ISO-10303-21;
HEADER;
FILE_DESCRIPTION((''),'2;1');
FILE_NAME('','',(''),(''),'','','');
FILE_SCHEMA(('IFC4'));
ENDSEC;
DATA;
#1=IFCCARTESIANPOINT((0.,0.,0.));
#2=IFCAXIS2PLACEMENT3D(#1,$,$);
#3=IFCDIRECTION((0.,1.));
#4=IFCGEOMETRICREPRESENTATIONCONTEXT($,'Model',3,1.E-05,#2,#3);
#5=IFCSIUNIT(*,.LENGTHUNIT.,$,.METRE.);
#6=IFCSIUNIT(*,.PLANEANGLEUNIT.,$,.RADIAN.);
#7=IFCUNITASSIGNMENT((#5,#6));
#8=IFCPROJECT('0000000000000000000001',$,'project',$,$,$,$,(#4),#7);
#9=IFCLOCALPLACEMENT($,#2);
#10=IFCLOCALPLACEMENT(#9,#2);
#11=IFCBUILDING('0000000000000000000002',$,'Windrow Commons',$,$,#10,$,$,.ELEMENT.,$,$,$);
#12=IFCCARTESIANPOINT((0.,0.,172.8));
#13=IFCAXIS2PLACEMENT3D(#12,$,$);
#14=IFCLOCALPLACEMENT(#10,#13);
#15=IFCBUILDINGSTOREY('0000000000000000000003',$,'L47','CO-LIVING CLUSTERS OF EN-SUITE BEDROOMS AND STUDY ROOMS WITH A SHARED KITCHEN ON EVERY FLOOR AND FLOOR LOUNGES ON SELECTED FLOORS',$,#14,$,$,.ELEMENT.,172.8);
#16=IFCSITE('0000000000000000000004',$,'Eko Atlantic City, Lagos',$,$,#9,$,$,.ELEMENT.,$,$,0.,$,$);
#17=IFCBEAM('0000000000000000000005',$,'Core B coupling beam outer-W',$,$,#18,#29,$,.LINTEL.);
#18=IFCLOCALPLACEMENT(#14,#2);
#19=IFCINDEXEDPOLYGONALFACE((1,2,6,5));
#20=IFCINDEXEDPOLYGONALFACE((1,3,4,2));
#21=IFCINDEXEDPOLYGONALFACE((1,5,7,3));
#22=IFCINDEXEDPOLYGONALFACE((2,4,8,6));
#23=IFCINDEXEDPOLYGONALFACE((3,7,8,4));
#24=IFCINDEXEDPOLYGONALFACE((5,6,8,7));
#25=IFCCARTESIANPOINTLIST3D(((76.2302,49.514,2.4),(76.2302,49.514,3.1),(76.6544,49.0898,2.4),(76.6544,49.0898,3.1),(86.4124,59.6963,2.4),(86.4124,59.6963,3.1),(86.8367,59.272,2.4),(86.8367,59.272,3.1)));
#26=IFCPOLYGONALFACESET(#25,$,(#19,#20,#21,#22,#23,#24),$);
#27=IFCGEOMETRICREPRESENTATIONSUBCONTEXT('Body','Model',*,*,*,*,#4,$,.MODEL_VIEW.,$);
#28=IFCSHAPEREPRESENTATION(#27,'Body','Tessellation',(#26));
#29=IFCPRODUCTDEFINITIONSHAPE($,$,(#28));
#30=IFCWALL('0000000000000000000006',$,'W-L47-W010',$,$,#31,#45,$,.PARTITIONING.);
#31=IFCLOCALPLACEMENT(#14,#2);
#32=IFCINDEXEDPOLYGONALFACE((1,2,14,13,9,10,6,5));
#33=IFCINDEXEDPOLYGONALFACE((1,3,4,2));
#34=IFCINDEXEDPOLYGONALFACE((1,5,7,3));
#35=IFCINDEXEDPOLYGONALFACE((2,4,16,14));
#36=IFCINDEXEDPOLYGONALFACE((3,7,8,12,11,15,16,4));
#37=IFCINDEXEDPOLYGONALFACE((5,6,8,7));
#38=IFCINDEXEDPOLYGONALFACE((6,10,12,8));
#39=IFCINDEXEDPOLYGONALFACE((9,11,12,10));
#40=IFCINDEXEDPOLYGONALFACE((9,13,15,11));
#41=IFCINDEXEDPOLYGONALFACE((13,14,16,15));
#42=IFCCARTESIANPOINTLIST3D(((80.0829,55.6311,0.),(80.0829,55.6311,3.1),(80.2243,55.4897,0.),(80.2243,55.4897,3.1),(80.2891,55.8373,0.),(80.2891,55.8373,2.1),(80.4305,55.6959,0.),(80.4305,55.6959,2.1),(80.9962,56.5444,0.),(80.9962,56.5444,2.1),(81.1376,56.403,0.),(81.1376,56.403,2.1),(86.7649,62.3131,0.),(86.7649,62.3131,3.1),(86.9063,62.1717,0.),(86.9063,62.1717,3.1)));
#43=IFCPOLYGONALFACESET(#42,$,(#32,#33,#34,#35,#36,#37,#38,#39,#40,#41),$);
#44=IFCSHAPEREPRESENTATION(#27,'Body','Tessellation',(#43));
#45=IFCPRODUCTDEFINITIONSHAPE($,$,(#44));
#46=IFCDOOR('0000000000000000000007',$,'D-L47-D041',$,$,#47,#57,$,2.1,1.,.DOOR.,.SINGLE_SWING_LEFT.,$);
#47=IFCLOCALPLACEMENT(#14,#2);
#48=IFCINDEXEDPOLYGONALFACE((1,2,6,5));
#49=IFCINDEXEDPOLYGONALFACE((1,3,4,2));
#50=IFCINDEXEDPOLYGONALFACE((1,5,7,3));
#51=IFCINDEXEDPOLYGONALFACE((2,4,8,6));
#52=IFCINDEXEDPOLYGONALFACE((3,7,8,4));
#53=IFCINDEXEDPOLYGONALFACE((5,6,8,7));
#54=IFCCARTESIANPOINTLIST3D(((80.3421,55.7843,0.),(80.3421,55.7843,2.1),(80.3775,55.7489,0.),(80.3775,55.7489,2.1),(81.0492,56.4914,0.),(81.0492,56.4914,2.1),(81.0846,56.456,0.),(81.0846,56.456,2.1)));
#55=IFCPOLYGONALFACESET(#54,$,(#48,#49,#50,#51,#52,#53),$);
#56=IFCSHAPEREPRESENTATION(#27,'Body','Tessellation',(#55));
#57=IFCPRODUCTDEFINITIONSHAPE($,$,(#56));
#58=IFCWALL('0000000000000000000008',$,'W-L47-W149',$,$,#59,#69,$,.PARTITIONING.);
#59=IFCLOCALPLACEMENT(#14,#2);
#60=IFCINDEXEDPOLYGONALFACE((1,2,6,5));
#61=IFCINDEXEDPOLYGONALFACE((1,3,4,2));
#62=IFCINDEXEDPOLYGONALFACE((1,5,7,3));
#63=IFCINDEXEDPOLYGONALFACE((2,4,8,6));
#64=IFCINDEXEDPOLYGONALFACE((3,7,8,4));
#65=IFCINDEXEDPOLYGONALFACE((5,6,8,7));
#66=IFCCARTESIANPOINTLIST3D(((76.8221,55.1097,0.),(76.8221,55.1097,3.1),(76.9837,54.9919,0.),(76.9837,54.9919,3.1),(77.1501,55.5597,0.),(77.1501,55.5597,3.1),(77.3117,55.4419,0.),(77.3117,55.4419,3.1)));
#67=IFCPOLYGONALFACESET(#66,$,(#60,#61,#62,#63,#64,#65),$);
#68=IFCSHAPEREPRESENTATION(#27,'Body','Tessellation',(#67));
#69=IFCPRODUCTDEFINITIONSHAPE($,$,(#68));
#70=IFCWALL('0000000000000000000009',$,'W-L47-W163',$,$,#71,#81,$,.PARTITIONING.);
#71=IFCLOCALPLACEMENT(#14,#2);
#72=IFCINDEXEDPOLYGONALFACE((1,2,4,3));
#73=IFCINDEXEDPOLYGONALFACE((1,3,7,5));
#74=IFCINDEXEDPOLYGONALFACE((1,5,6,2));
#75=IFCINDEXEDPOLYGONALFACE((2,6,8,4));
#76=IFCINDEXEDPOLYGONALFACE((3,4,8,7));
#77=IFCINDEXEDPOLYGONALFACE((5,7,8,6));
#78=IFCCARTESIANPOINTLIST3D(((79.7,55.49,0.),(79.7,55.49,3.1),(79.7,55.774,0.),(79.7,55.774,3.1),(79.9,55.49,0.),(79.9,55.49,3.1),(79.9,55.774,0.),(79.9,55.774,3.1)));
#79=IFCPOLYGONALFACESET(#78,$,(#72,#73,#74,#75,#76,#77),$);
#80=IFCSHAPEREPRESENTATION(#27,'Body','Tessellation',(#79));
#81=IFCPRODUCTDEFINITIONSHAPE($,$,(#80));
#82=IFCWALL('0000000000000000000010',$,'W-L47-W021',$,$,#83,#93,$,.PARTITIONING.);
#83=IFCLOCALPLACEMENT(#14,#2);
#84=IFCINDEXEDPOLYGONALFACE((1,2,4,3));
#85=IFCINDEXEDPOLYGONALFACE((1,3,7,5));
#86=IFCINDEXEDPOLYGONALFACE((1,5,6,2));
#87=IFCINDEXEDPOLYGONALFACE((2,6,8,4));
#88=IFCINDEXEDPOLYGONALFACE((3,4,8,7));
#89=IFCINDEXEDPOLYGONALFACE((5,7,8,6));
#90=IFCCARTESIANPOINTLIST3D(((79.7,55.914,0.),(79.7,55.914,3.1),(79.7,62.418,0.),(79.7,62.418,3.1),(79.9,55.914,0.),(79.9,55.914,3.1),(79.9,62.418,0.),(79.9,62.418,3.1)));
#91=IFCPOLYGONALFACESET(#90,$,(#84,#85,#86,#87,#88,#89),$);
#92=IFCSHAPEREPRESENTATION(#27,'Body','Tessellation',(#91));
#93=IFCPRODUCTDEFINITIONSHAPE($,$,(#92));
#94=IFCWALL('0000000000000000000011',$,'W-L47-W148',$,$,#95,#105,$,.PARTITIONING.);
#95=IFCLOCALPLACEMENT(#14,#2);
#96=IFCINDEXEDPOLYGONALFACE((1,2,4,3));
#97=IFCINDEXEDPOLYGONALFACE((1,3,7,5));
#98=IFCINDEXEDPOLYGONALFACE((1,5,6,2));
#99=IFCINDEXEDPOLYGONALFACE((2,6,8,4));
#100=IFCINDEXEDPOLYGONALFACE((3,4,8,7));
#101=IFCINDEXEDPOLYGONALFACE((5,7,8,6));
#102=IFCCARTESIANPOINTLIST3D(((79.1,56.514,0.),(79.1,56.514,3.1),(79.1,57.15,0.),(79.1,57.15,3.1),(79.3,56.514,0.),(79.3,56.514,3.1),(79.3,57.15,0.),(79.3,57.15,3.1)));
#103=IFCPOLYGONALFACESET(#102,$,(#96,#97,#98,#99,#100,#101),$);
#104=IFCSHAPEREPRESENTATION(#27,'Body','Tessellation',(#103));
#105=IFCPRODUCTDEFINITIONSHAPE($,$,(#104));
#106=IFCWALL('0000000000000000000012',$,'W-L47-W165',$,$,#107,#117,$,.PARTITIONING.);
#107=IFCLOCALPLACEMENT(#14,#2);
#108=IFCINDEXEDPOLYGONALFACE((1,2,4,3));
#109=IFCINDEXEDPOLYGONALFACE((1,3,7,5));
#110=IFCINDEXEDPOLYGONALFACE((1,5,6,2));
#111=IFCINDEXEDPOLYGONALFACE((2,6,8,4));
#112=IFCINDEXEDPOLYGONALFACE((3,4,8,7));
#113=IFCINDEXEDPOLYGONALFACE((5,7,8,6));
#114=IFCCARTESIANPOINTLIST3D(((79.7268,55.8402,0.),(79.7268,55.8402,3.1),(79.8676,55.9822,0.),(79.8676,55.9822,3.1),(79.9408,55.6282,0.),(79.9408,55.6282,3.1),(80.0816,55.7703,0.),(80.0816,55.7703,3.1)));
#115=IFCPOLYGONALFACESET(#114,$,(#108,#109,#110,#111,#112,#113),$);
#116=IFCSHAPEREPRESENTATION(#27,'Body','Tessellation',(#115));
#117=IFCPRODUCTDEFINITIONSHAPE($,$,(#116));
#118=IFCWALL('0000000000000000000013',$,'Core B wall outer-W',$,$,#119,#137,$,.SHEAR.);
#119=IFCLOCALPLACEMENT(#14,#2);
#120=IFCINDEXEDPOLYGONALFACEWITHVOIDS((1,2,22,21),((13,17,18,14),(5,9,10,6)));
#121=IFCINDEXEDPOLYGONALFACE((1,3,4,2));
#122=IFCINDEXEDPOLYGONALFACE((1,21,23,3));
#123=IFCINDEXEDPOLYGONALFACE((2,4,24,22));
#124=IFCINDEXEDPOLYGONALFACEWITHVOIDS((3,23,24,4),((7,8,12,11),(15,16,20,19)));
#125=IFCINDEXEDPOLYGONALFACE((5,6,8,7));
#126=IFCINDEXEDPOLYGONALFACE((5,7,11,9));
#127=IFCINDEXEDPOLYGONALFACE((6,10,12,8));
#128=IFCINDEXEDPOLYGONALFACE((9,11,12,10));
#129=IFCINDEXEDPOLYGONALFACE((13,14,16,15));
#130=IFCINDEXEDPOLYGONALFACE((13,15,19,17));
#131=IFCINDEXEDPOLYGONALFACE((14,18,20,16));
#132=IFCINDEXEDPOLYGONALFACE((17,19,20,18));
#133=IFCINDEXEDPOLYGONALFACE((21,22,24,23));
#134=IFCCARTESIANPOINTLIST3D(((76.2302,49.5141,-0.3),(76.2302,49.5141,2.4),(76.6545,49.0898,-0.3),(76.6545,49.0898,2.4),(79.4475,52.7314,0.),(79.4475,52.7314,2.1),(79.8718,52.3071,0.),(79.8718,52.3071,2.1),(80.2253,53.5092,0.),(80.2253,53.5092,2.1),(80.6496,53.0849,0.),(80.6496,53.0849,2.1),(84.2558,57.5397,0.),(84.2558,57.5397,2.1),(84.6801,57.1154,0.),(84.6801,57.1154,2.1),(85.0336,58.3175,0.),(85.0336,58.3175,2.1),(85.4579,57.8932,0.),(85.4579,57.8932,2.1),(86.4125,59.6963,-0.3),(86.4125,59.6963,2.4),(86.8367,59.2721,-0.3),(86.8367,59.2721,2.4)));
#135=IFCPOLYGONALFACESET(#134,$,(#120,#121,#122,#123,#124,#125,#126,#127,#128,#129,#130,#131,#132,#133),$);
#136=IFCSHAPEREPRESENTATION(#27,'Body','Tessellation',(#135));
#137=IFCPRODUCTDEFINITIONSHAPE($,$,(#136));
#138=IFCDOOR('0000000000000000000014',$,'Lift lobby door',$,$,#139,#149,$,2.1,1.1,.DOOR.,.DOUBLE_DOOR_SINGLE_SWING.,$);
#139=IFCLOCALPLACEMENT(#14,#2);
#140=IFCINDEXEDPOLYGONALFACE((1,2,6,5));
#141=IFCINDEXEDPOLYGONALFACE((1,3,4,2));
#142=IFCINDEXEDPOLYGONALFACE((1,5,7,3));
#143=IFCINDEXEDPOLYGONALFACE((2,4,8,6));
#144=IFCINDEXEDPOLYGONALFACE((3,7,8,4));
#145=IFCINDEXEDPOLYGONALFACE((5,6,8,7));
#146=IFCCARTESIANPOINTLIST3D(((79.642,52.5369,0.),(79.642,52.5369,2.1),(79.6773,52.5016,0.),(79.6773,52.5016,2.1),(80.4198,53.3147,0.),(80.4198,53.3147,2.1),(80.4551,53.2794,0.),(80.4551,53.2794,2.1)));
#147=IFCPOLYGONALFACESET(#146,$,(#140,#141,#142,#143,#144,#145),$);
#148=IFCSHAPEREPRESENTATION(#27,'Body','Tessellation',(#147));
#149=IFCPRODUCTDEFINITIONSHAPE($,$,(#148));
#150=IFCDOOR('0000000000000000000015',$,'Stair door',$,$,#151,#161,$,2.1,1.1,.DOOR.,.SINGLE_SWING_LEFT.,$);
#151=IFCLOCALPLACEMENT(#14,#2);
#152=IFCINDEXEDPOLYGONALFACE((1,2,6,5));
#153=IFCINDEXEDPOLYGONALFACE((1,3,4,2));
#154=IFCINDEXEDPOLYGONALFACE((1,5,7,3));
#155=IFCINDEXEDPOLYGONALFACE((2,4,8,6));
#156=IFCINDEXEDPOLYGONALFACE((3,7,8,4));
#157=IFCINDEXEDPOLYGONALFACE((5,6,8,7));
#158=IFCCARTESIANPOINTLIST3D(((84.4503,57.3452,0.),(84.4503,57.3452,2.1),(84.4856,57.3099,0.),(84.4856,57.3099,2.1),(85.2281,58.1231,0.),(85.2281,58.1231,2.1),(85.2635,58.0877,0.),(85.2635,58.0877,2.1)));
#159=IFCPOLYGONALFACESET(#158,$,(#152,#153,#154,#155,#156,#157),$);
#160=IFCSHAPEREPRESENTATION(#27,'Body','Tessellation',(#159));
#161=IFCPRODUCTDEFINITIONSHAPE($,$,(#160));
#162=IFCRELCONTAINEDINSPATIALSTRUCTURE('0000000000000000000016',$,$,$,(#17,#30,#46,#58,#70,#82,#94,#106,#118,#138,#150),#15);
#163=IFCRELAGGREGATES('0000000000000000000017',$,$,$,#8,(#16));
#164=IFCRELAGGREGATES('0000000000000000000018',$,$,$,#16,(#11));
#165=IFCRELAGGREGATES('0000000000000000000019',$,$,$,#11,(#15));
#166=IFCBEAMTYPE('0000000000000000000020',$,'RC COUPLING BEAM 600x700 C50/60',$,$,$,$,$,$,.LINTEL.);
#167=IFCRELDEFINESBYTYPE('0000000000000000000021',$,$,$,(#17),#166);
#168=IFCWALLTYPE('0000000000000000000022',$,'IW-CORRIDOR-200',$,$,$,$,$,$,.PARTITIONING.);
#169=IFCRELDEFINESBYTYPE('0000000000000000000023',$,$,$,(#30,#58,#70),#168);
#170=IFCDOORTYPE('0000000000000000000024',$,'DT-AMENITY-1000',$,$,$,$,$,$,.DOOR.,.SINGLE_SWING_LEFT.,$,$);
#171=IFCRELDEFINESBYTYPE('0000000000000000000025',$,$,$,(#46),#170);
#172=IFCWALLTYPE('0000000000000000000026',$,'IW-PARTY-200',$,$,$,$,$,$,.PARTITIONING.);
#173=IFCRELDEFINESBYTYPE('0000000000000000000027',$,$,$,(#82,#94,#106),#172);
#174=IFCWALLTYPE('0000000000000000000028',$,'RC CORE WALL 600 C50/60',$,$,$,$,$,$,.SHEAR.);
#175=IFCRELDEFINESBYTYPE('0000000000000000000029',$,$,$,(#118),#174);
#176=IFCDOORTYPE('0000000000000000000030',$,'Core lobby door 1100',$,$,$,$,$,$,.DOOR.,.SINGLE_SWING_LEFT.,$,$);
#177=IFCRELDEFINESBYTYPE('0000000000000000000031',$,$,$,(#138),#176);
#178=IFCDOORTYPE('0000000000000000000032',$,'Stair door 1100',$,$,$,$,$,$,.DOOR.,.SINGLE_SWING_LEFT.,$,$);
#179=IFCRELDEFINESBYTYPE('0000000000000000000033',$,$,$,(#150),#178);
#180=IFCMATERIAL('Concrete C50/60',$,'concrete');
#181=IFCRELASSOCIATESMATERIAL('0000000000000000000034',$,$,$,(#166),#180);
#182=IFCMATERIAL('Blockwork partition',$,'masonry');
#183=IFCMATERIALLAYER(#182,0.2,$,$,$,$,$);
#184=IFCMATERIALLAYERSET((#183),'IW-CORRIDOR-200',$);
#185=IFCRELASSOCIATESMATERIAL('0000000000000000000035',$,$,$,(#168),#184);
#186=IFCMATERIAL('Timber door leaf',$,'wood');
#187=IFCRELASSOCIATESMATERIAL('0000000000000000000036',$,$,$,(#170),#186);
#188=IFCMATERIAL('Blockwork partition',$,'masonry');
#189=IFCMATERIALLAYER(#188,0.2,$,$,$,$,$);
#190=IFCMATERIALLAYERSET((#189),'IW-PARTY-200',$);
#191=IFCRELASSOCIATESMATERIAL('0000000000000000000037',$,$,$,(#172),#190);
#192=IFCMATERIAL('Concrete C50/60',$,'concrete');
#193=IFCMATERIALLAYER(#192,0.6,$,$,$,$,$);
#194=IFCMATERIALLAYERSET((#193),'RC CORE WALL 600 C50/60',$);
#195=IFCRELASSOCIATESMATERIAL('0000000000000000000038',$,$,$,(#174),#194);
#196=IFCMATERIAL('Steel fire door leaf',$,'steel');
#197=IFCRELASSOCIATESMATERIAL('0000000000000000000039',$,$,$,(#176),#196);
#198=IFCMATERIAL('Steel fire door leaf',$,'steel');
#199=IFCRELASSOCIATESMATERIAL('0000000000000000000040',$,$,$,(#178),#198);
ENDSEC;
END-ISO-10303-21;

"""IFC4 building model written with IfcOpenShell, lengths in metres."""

from ifc_helpers import new_model, si_unit, direction, frame, frame_2d, origin, origin_2d, place, context, subcontext, project, spatial, rectangle, extrude, material, layer, layer_set, material_profile, profile_set, type_object, element, fill, save


model = new_model("IFC4")

# Units and contexts
model_context = context("Model", 3, precision=1e-05, world=origin(), true_north=direction((0.0, 1.0)))
body_context = subcontext(model_context, "Body", "Model", "MODEL_VIEW")
ifc_project = project(units=[si_unit("LENGTHUNIT", "METRE"), si_unit("PLANEANGLEUNIT", "RADIAN")], contexts=[model_context])

# Site, building, storey
site_placement = place(None, origin())
site = spatial("IfcSite", under=ifc_project, at=site_placement, Name="Eko Atlantic City, Lagos", CompositionType="ELEMENT", RefElevation=0.0)
building_placement = place(site_placement, origin())
building = spatial("IfcBuilding", under=site, at=building_placement, Name="Windrow Commons", CompositionType="ELEMENT")
storey_placement = place(building_placement, frame((0.0, 0.0, 172.8)))
storey = spatial("IfcBuildingStorey", under=building, at=storey_placement, Name="L47", Description="CO-LIVING CLUSTERS OF EN-SUITE BEDROOMS AND STUDY ROOMS WITH A SHARED KITCHEN ON EVERY FLOOR AND FLOOR LOUNGES ON SELECTED FLOORS", CompositionType="ELEMENT", Elevation=172.8)

# Beam
ifc_material_1 = material(Name="Concrete C50/60", Category="concrete")
ifc_material_profile = material_profile(ifc_material_1, rectangle(XDim=0.6, YDim=0.7, at=origin_2d()))
ifc_profile_set = profile_set([ifc_material_profile], Name="Concrete C50/60")
beam_type = type_object("IfcBeamType", Name="RC COUPLING BEAM 600x700 C50/60", PredefinedType="LINTEL", material=ifc_profile_set)
beam_placement = place(storey_placement, frame((76.4423, 49.3019, 2.75), z_axis=(0.707107, 0.707107, 0.0), x_axis=(-0.707107, 0.707107, 0.0)))
element("IfcBeam", 1, at=beam_placement, inside=storey, type_object=beam_type, Name="Core B coupling beam outer-W", PredefinedType="LINTEL", context=body_context, shape_type="SweptSolid", body=[
    extrude(rectangle(XDim=0.6, YDim=0.7, at=origin_2d()), origin(), (0.0, 0.0, 1.0), 14.3999),
])

# Wall, opening, door
ifc_material_2 = material(Name="Blockwork partition", Category="masonry")
ifc_layer_1 = layer(ifc_material_2, 0.2)
ifc_layer_set_1 = layer_set([ifc_layer_1], Name="IW-CORRIDOR-200")
wall_type_1 = type_object("IfcWallType", Name="IW-CORRIDOR-200", PredefinedType="PARTITIONING", material=ifc_layer_set_1)
wall_1_placement = place(storey_placement, frame((80.1536, 55.5604, 0.0), z_axis=(0.0, 0.0, 1.0), x_axis=(0.707107, 0.707107, 0.0)))
wall_1 = element("IfcWall", 2, at=wall_1_placement, inside=storey, type_object=wall_type_1, Name="W-L47-W010", PredefinedType="PARTITIONING", context=body_context, shape_type="SweptSolid", body=[
    extrude(rectangle(XDim=9.4498, YDim=0.2, at=frame_2d((4.7249, 0.0))), origin(), (0.0, 0.0, 1.0), 3.1),
])
opening_1_placement = place(wall_1_placement, frame((0.2916, 0.0, 0.0)))
opening_1 = element("IfcOpeningElement", 3, at=opening_1_placement, cuts=wall_1, PredefinedType="OPENING", context=body_context, shape_type="SweptSolid", body=[
    extrude(rectangle(XDim=1.0, YDim=2.1, at=frame_2d((0.5, 1.05))), frame((0.0, 0.11, 0.0), z_axis=(0.0, -1.0, 0.0), x_axis=(1.0, 0.0, 0.0)), (0.0, 0.0, 1.0), 0.22),
])
ifc_material_3 = material(Name="Timber door leaf", Category="wood")
door_type_1 = type_object("IfcDoorType", Name="DT-AMENITY-1000", OperationType="SINGLE_SWING_LEFT", PredefinedType="DOOR", material=ifc_material_3)
door_1_placement = place(opening_1_placement, origin())
door_1 = element("IfcDoor", 4, at=door_1_placement, inside=storey, type_object=door_type_1, Name="D-L47-D041", OperationType="SINGLE_SWING_LEFT", OverallHeight=2.1, OverallWidth=1.0, PredefinedType="DOOR", context=body_context, shape_type="SweptSolid", body=[
    extrude(rectangle(XDim=1.0, YDim=2.1, at=frame_2d((0.5, 1.05))), frame((0.0, 0.025, 0.0), z_axis=(0.0, -1.0, 0.0), x_axis=(1.0, 0.0, 0.0)), (0.0, 0.0, 1.0), 0.05),
])
fill(opening_1, door_1)

# Walls
wall_2_placement = place(storey_placement, frame((76.9029, 55.0508, 0.0), z_axis=(0.0, 0.0, 1.0), x_axis=(0.589026, 0.808114, 0.0)))
element("IfcWall", 5, at=wall_2_placement, inside=storey, type_object=wall_type_1, Name="W-L47-W149", PredefinedType="PARTITIONING", context=body_context, shape_type="SweptSolid", body=[
    extrude(rectangle(XDim=0.5569, YDim=0.2, at=frame_2d((0.2784, 0.0))), origin(), (0.0, 0.0, 1.0), 3.1),
])
wall_3_placement = place(storey_placement, frame((79.8, 55.49, 0.0), z_axis=(0.0, 0.0, 1.0), x_axis=(0.0, 1.0, 0.0)))
element("IfcWall", 6, at=wall_3_placement, inside=storey, type_object=wall_type_1, Name="W-L47-W163", PredefinedType="PARTITIONING", context=body_context, shape_type="SweptSolid", body=[
    extrude(rectangle(XDim=0.284, YDim=0.2, at=frame_2d((0.142, 0.0))), origin(), (0.0, 0.0, 1.0), 3.1),
])
ifc_material_4 = material(Name="Blockwork partition", Category="masonry")
ifc_layer_2 = layer(ifc_material_4, 0.2)
ifc_layer_set_2 = layer_set([ifc_layer_2], Name="IW-PARTY-200")
wall_type_2 = type_object("IfcWallType", Name="IW-PARTY-200", PredefinedType="PARTITIONING", material=ifc_layer_set_2)
wall_4_placement = place(storey_placement, frame((79.8, 55.914, 0.0), z_axis=(0.0, 0.0, 1.0), x_axis=(0.0, 1.0, 0.0)))
element("IfcWall", 7, at=wall_4_placement, inside=storey, type_object=wall_type_2, Name="W-L47-W021", PredefinedType="PARTITIONING", context=body_context, shape_type="SweptSolid", body=[
    extrude(rectangle(XDim=6.504, YDim=0.2, at=frame_2d((3.252, 0.0))), origin(), (0.0, 0.0, 1.0), 3.1),
])
wall_5_placement = place(storey_placement, frame((79.2, 56.514, 0.0), z_axis=(0.0, 0.0, 1.0), x_axis=(0.0, 1.0, 0.0)))
element("IfcWall", 8, at=wall_5_placement, inside=storey, type_object=wall_type_2, Name="W-L47-W148", PredefinedType="PARTITIONING", context=body_context, shape_type="SweptSolid", body=[
    extrude(rectangle(XDim=0.636, YDim=0.2, at=frame_2d((0.318, 0.0))), origin(), (0.0, 0.0, 1.0), 3.1),
])
wall_6_placement = place(storey_placement, frame((79.7972, 55.9112, 0.0), z_axis=(0.0, 0.0, 1.0), x_axis=(0.710419, -0.703779, 0.0)))
element("IfcWall", 9, at=wall_6_placement, inside=storey, type_object=wall_type_2, Name="W-L47-W165", PredefinedType="PARTITIONING", context=body_context, shape_type="SweptSolid", body=[
    extrude(rectangle(XDim=0.3012, YDim=0.2, at=frame_2d((0.1506, 0.0))), origin(), (0.0, 0.0, 1.0), 3.1),
])

# Wall, openings, doors
ifc_material_5 = material(Name="Concrete C50/60", Category="concrete")
ifc_layer_3 = layer(ifc_material_5, 0.6)
ifc_layer_set_3 = layer_set([ifc_layer_3], Name="RC CORE WALL 600 C50/60")
wall_type_3 = type_object("IfcWallType", Name="RC CORE WALL 600 C50/60", PredefinedType="SHEAR", material=ifc_layer_set_3)
wall_7_placement = place(storey_placement, frame((76.4423, 49.3019, -0.3), z_axis=(0.0, 0.0, 1.0), x_axis=(0.707107, 0.707107, 0.0)))
wall_7 = element("IfcWall", 10, at=wall_7_placement, inside=storey, type_object=wall_type_3, Name="Core B wall outer-W", PredefinedType="SHEAR", context=body_context, shape_type="SweptSolid", body=[
    extrude(rectangle(XDim=14.3999, YDim=0.6, at=frame_2d((7.2, 0.0))), origin(), (0.0, 0.0, 1.0), 2.7),
])
opening_2_placement = place(wall_7_placement, frame((4.55, 0.0, 0.3)))
opening_2 = element("IfcOpeningElement", 11, at=opening_2_placement, cuts=wall_7, PredefinedType="OPENING", context=body_context, shape_type="SweptSolid", body=[
    extrude(rectangle(XDim=1.1, YDim=2.1, at=frame_2d((0.55, 1.05))), frame((0.0, 0.31, 0.0), z_axis=(0.0, -1.0, 0.0), x_axis=(1.0, 0.0, 0.0)), (0.0, 0.0, 1.0), 0.62),
])
opening_3_placement = place(wall_7_placement, frame((11.35, 0.0, 0.3)))
opening_3 = element("IfcOpeningElement", 12, at=opening_3_placement, cuts=wall_7, PredefinedType="OPENING", context=body_context, shape_type="SweptSolid", body=[
    extrude(rectangle(XDim=1.1, YDim=2.1, at=frame_2d((0.55, 1.05))), frame((0.0, 0.31, 0.0), z_axis=(0.0, -1.0, 0.0), x_axis=(1.0, 0.0, 0.0)), (0.0, 0.0, 1.0), 0.62),
])
ifc_material_6 = material(Name="Steel fire door leaf", Category="steel")
door_type_2 = type_object("IfcDoorType", Name="Core lobby door 1100", OperationType="SINGLE_SWING_LEFT", PredefinedType="DOOR", material=ifc_material_6)
door_2_placement = place(opening_2_placement, origin())
door_2 = element("IfcDoor", 13, at=door_2_placement, inside=storey, type_object=door_type_2, Name="Lift lobby door", OperationType="DOUBLE_DOOR_SINGLE_SWING", OverallHeight=2.1, OverallWidth=1.1, PredefinedType="DOOR", context=body_context, shape_type="SweptSolid", body=[
    extrude(rectangle(XDim=1.1, YDim=2.1, at=frame_2d((0.55, 1.05))), frame((0.0, 0.025, 0.0), z_axis=(0.0, -1.0, 0.0), x_axis=(1.0, 0.0, 0.0)), (0.0, 0.0, 1.0), 0.05),
])
fill(opening_2, door_2)
ifc_material_7 = material(Name="Steel fire door leaf", Category="steel")
door_type_3 = type_object("IfcDoorType", Name="Stair door 1100", OperationType="SINGLE_SWING_LEFT", PredefinedType="DOOR", material=ifc_material_7)
door_3_placement = place(opening_3_placement, origin())
door_3 = element("IfcDoor", 14, at=door_3_placement, inside=storey, type_object=door_type_3, Name="Stair door", OperationType="SINGLE_SWING_LEFT", OverallHeight=2.1, OverallWidth=1.1, PredefinedType="DOOR", context=body_context, shape_type="SweptSolid", body=[
    extrude(rectangle(XDim=1.1, YDim=2.1, at=frame_2d((0.55, 1.05))), frame((0.0, 0.025, 0.0), z_axis=(0.0, -1.0, 0.0), x_axis=(1.0, 0.0, 0.0)), (0.0, 0.0, 1.0), 0.05),
])
fill(opening_3, door_3)

save(model, "model.ifc")
